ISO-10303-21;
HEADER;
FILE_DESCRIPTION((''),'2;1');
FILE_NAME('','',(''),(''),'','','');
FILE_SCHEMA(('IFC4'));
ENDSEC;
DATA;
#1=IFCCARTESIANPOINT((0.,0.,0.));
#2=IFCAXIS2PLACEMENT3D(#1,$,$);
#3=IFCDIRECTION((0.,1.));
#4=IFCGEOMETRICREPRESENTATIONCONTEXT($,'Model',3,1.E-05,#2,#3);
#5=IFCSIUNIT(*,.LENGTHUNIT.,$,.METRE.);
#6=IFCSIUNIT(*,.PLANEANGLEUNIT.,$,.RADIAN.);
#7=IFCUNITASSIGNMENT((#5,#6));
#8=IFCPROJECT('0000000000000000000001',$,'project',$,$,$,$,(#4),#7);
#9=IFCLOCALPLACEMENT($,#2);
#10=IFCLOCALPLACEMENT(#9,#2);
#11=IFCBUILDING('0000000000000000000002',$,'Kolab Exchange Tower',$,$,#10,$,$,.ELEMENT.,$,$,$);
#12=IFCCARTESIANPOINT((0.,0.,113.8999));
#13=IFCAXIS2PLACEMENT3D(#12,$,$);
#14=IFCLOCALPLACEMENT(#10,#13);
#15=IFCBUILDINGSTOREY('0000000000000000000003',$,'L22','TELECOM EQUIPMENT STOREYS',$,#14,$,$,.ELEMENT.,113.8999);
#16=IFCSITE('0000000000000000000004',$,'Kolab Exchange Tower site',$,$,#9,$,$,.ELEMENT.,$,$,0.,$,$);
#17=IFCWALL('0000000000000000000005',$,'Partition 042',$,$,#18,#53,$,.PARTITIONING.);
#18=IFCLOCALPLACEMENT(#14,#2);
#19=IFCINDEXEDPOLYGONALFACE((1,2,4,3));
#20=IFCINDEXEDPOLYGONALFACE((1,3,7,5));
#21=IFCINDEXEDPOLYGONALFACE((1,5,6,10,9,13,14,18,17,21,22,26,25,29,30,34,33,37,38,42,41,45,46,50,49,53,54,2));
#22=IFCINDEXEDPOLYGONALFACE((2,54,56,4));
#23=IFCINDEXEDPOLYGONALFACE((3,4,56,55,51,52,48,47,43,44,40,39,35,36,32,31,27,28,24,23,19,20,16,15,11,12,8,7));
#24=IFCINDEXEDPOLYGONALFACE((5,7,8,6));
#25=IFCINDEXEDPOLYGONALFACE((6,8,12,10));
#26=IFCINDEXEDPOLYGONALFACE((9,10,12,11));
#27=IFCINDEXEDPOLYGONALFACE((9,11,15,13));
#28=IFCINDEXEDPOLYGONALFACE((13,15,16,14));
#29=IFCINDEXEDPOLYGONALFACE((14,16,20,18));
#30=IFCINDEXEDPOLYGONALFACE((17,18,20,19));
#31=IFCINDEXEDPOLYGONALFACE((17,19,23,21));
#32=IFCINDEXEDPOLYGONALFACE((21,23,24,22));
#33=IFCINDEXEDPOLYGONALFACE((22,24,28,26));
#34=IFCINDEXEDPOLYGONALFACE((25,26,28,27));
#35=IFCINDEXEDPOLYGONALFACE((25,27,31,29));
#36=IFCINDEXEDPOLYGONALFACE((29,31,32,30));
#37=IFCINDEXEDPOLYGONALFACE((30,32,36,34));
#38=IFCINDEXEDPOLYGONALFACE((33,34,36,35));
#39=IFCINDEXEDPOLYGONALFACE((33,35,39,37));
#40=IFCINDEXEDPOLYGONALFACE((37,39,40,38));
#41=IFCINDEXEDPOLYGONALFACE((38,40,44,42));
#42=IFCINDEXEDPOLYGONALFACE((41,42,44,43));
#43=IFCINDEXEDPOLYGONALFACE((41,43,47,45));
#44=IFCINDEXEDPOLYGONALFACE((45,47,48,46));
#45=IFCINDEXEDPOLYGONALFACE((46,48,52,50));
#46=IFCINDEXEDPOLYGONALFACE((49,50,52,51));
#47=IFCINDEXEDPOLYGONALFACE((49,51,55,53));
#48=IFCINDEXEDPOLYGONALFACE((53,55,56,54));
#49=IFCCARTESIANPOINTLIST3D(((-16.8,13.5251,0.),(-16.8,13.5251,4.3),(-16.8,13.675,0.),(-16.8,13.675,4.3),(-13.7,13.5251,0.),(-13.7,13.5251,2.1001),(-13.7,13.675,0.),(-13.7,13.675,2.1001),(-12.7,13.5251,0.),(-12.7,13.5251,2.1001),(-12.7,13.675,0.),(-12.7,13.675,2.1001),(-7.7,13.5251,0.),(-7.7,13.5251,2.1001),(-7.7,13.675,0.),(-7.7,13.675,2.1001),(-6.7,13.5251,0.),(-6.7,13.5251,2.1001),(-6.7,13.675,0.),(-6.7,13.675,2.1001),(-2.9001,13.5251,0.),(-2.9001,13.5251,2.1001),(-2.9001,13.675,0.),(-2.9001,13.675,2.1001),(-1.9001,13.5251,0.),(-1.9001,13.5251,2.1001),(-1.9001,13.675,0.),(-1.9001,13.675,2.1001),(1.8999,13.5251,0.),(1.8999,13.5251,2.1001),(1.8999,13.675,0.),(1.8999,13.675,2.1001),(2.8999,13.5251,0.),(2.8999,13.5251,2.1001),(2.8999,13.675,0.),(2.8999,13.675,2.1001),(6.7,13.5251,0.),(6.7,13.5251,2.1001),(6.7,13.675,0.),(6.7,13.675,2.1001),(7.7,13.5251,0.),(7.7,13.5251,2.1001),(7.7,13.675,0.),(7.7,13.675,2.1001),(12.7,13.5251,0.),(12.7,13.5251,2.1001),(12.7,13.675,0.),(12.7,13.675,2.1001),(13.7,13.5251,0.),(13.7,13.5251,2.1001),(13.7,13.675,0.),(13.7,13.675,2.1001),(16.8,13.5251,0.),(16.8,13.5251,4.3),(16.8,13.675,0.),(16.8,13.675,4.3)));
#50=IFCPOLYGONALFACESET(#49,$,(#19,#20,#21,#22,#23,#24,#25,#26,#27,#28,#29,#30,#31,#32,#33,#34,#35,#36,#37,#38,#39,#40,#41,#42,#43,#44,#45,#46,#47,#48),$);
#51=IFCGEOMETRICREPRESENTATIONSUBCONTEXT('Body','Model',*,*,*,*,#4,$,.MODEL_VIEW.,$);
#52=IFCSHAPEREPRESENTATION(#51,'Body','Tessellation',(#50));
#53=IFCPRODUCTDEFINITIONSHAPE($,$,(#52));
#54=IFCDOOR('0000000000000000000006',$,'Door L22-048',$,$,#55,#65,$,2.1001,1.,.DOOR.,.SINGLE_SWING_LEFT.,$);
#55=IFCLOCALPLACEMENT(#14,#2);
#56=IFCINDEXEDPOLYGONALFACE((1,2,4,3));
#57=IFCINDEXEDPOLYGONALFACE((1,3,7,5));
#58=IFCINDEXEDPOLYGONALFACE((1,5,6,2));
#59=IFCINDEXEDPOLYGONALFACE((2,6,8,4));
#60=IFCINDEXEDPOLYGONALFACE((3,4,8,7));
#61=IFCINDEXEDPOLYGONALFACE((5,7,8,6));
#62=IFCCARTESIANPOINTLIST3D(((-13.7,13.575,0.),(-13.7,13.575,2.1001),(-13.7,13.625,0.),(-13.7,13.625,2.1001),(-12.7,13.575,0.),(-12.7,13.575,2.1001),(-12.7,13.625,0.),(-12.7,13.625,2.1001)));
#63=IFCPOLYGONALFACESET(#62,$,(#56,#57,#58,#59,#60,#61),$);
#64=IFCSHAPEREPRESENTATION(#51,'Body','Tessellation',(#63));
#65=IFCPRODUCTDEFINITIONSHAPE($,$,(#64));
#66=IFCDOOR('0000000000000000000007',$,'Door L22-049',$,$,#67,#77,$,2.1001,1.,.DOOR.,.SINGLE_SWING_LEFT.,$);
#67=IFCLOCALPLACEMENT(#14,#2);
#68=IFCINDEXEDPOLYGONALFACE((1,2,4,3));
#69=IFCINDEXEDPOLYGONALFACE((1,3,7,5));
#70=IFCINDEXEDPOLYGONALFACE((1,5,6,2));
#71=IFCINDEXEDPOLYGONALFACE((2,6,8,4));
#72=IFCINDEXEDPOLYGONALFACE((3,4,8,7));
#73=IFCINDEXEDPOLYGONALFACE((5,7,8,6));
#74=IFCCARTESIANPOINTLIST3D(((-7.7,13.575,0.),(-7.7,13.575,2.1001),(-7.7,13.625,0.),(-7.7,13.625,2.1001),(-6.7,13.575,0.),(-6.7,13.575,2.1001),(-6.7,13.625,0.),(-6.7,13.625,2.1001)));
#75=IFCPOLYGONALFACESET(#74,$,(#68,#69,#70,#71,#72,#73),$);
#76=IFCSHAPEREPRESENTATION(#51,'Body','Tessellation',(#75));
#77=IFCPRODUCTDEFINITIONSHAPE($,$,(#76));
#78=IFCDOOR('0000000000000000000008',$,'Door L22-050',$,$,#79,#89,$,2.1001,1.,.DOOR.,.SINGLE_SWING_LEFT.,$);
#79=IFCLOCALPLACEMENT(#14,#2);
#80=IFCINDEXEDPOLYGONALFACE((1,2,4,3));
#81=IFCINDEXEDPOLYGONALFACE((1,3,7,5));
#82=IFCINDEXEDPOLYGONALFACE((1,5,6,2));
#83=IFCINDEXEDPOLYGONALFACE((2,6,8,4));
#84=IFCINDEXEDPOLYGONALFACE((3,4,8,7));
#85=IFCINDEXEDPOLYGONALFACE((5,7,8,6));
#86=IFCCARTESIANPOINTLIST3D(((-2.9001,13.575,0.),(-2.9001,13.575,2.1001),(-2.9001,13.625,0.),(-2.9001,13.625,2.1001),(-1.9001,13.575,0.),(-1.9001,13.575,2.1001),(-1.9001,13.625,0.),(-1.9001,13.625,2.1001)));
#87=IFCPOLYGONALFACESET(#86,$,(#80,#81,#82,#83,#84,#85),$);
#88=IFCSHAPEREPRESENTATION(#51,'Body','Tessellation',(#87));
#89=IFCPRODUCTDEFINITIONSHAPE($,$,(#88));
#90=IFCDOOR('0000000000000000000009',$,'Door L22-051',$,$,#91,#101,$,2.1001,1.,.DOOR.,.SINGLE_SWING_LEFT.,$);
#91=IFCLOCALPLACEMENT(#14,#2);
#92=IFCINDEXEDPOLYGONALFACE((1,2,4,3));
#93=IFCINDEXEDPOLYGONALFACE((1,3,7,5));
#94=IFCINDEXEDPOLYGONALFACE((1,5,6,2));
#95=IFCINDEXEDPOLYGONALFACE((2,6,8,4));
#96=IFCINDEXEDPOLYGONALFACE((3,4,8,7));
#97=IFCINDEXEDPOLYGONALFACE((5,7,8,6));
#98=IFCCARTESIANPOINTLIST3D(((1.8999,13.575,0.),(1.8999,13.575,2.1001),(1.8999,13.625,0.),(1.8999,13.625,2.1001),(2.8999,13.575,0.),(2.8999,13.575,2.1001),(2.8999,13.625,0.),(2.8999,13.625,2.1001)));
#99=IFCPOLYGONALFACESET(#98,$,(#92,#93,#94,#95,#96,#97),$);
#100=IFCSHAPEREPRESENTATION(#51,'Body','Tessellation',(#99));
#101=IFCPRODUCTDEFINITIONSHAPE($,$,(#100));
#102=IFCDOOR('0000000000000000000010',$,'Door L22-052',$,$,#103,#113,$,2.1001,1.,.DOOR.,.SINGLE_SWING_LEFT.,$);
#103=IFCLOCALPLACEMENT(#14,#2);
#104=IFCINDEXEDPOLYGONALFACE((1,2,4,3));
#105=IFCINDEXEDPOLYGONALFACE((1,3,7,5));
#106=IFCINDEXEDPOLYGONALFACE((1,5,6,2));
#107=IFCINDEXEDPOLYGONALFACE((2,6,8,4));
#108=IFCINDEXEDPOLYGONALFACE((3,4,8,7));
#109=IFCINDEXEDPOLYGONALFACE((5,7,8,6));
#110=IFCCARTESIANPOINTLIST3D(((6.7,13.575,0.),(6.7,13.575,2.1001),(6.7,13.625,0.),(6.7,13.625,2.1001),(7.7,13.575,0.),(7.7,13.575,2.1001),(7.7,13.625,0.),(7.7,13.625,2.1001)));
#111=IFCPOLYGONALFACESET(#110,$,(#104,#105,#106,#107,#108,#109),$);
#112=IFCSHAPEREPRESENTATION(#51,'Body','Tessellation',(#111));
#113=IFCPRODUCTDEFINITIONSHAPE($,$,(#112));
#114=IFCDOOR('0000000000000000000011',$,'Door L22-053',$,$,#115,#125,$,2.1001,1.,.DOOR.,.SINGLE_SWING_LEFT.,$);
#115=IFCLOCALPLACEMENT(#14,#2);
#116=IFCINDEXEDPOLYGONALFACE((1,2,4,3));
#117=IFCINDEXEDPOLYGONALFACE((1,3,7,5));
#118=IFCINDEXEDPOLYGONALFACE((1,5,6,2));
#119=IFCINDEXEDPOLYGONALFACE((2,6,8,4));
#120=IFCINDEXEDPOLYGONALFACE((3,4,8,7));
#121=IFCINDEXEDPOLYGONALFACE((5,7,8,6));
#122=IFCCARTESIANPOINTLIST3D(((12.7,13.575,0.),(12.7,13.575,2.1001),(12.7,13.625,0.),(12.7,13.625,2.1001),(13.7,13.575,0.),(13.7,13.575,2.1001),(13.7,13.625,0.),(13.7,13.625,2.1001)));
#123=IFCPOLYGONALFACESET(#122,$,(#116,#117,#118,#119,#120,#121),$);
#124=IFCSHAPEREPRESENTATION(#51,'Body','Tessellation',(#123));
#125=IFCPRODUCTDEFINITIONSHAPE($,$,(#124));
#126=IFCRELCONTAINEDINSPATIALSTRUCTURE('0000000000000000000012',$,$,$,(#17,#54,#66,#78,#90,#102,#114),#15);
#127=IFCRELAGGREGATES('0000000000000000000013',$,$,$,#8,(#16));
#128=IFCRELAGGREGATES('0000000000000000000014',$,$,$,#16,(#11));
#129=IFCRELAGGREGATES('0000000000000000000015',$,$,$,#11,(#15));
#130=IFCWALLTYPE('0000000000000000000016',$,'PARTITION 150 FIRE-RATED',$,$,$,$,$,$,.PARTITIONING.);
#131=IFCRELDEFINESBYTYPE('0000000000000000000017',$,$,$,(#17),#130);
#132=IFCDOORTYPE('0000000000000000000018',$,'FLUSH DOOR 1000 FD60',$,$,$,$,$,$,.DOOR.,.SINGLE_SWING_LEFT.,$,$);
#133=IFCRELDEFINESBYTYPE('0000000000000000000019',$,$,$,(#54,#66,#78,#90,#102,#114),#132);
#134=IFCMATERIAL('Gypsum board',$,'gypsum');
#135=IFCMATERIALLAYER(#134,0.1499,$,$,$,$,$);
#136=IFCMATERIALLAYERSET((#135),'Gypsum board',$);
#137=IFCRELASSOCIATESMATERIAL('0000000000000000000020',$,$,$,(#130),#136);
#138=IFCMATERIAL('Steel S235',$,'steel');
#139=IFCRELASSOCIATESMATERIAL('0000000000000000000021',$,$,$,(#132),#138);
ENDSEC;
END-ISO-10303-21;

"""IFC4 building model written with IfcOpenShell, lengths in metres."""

from ifc_helpers import new_model, si_unit, direction, frame, frame_2d, origin, place, context, subcontext, project, spatial, rectangle, extrude, material, layer, layer_set, type_object, element, fill, save


model = new_model("IFC4")

# Units and contexts
model_context = context("Model", 3, precision=1e-05, world=origin(), true_north=direction((0.0, 1.0)))
body_context = subcontext(model_context, "Body", "Model", "MODEL_VIEW")
ifc_project = project(units=[si_unit("LENGTHUNIT", "METRE"), si_unit("PLANEANGLEUNIT", "RADIAN")], contexts=[model_context])

# Site, building, storey
site_placement = place(None, origin())
site = spatial("IfcSite", under=ifc_project, at=site_placement, Name="Kolab Exchange Tower site", CompositionType="ELEMENT", RefElevation=0.0)
building_placement = place(site_placement, origin())
building = spatial("IfcBuilding", under=site, at=building_placement, Name="Kolab Exchange Tower", CompositionType="ELEMENT")
storey_placement = place(building_placement, frame((0.0, 0.0, 113.8999)))
storey = spatial("IfcBuildingStorey", under=building, at=storey_placement, Name="L22", Description="TELECOM EQUIPMENT STOREYS", CompositionType="ELEMENT", Elevation=113.8999)

# Wall, openings, doors
ifc_material_1 = material(Name="Gypsum board", Category="gypsum")
ifc_layer_1 = layer(ifc_material_1, 0.1499)
ifc_layer_set_1 = layer_set([ifc_layer_1], Name="Gypsum board")
wall_type_1 = type_object("IfcWallType", Name="PARTITION 150 FIRE-RATED", PredefinedType="PARTITIONING", material=ifc_layer_set_1)
wall_1_placement = place(storey_placement, frame((-16.8, 13.6001, 0.0), z_axis=(0.0, 0.0, 1.0), x_axis=(1.0, 0.0, 0.0)))
wall_1 = element("IfcWall", 1, at=wall_1_placement, inside=storey, type_object=wall_type_1, Name="Partition 042", PredefinedType="PARTITIONING", context=body_context, shape_type="SweptSolid", body=[
    extrude(rectangle(XDim=33.6001, YDim=0.1499, at=frame_2d((16.8, 0.0))), origin(), (0.0, 0.0, 1.0), 4.3),
])
opening_1_placement = place(wall_1_placement, frame((3.1001, 0.0, 0.0)))
opening_1 = element("IfcOpeningElement", 2, at=opening_1_placement, cuts=wall_1, PredefinedType="OPENING", context=body_context, shape_type="SweptSolid", body=[
    extrude(rectangle(XDim=1.0, YDim=2.1001, at=frame_2d((0.5, 1.05))), frame((0.0, 0.085, 0.0), z_axis=(0.0, -1.0, 0.0), x_axis=(1.0, 0.0, 0.0)), (0.0, 0.0, 1.0), 0.1699),
])
opening_2_placement = place(wall_1_placement, frame((9.1001, 0.0, 0.0)))
opening_2 = element("IfcOpeningElement", 3, at=opening_2_placement, cuts=wall_1, PredefinedType="OPENING", context=body_context, shape_type="SweptSolid", body=[
    extrude(rectangle(XDim=1.0, YDim=2.1001, at=frame_2d((0.5, 1.05))), frame((0.0, 0.085, 0.0), z_axis=(0.0, -1.0, 0.0), x_axis=(1.0, 0.0, 0.0)), (0.0, 0.0, 1.0), 0.1699),
])
opening_3_placement = place(wall_1_placement, frame((13.8999, 0.0, 0.0)))
opening_3 = element("IfcOpeningElement", 4, at=opening_3_placement, cuts=wall_1, PredefinedType="OPENING", context=body_context, shape_type="SweptSolid", body=[
    extrude(rectangle(XDim=1.0, YDim=2.1001, at=frame_2d((0.5, 1.05))), frame((0.0, 0.085, 0.0), z_axis=(0.0, -1.0, 0.0), x_axis=(1.0, 0.0, 0.0)), (0.0, 0.0, 1.0), 0.1699),
])
opening_4_placement = place(wall_1_placement, frame((18.7, 0.0, 0.0)))
opening_4 = element("IfcOpeningElement", 5, at=opening_4_placement, cuts=wall_1, PredefinedType="OPENING", context=body_context, shape_type="SweptSolid", body=[
    extrude(rectangle(XDim=1.0, YDim=2.1001, at=frame_2d((0.5, 1.05))), frame((0.0, 0.085, 0.0), z_axis=(0.0, -1.0, 0.0), x_axis=(1.0, 0.0, 0.0)), (0.0, 0.0, 1.0), 0.1699),
])
opening_5_placement = place(wall_1_placement, frame((23.5, 0.0, 0.0)))
opening_5 = element("IfcOpeningElement", 6, at=opening_5_placement, cuts=wall_1, PredefinedType="OPENING", context=body_context, shape_type="SweptSolid", body=[
    extrude(rectangle(XDim=1.0, YDim=2.1001, at=frame_2d((0.5, 1.05))), frame((0.0, 0.085, 0.0), z_axis=(0.0, -1.0, 0.0), x_axis=(1.0, 0.0, 0.0)), (0.0, 0.0, 1.0), 0.1699),
])
opening_6_placement = place(wall_1_placement, frame((29.5, 0.0, 0.0)))
opening_6 = element("IfcOpeningElement", 7, at=opening_6_placement, cuts=wall_1, PredefinedType="OPENING", context=body_context, shape_type="SweptSolid", body=[
    extrude(rectangle(XDim=1.0, YDim=2.1001, at=frame_2d((0.5, 1.05))), frame((0.0, 0.085, 0.0), z_axis=(0.0, -1.0, 0.0), x_axis=(1.0, 0.0, 0.0)), (0.0, 0.0, 1.0), 0.1699),
])
ifc_material_2 = material(Name="Steel S235", Category="steel")
door_type_1 = type_object("IfcDoorType", Name="FLUSH DOOR 1000 FD60", OperationType="SINGLE_SWING_LEFT", PredefinedType="DOOR", material=ifc_material_2)
door_1_placement = place(opening_1_placement, origin())
door_1 = element("IfcDoor", 8, at=door_1_placement, inside=storey, type_object=door_type_1, Name="Door L22-048", OperationType="SINGLE_SWING_LEFT", OverallHeight=2.1001, OverallWidth=1.0, PredefinedType="DOOR", context=body_context, shape_type="SweptSolid", body=[
    extrude(rectangle(XDim=1.0, YDim=2.1001, at=frame_2d((0.5, 1.05))), frame((0.0, 0.0249, 0.0), z_axis=(0.0, -1.0, 0.0), x_axis=(1.0, 0.0, 0.0)), (0.0, 0.0, 1.0), 0.05),
])
fill(opening_1, door_1)
door_2_placement = place(opening_2_placement, origin())
door_2 = element("IfcDoor", 9, at=door_2_placement, inside=storey, type_object=door_type_1, Name="Door L22-049", OperationType="SINGLE_SWING_LEFT", OverallHeight=2.1001, OverallWidth=1.0, PredefinedType="DOOR", context=body_context, shape_type="SweptSolid", body=[
    extrude(rectangle(XDim=1.0, YDim=2.1001, at=frame_2d((0.5, 1.05))), frame((0.0, 0.0249, 0.0), z_axis=(0.0, -1.0, 0.0), x_axis=(1.0, 0.0, 0.0)), (0.0, 0.0, 1.0), 0.05),
])
fill(opening_2, door_2)
door_3_placement = place(opening_3_placement, origin())
door_3 = element("IfcDoor", 10, at=door_3_placement, inside=storey, type_object=door_type_1, Name="Door L22-050", OperationType="SINGLE_SWING_LEFT", OverallHeight=2.1001, OverallWidth=1.0, PredefinedType="DOOR", context=body_context, shape_type="SweptSolid", body=[
    extrude(rectangle(XDim=1.0, YDim=2.1001, at=frame_2d((0.5, 1.05))), frame((0.0, 0.0249, 0.0), z_axis=(0.0, -1.0, 0.0), x_axis=(1.0, 0.0, 0.0)), (0.0, 0.0, 1.0), 0.05),
])
fill(opening_3, door_3)
door_4_placement = place(opening_4_placement, origin())
door_4 = element("IfcDoor", 11, at=door_4_placement, inside=storey, type_object=door_type_1, Name="Door L22-051", OperationType="SINGLE_SWING_LEFT", OverallHeight=2.1001, OverallWidth=1.0, PredefinedType="DOOR", context=body_context, shape_type="SweptSolid", body=[
    extrude(rectangle(XDim=1.0, YDim=2.1001, at=frame_2d((0.5, 1.05))), frame((0.0, 0.0249, 0.0), z_axis=(0.0, -1.0, 0.0), x_axis=(1.0, 0.0, 0.0)), (0.0, 0.0, 1.0), 0.05),
])
fill(opening_4, door_4)
door_5_placement = place(opening_5_placement, origin())
door_5 = element("IfcDoor", 12, at=door_5_placement, inside=storey, type_object=door_type_1, Name="Door L22-052", OperationType="SINGLE_SWING_LEFT", OverallHeight=2.1001, OverallWidth=1.0, PredefinedType="DOOR", context=body_context, shape_type="SweptSolid", body=[
    extrude(rectangle(XDim=1.0, YDim=2.1001, at=frame_2d((0.5, 1.05))), frame((0.0, 0.0249, 0.0), z_axis=(0.0, -1.0, 0.0), x_axis=(1.0, 0.0, 0.0)), (0.0, 0.0, 1.0), 0.05),
])
fill(opening_5, door_5)
door_6_placement = place(opening_6_placement, origin())
door_6 = element("IfcDoor", 13, at=door_6_placement, inside=storey, type_object=door_type_1, Name="Door L22-053", OperationType="SINGLE_SWING_LEFT", OverallHeight=2.1001, OverallWidth=1.0, PredefinedType="DOOR", context=body_context, shape_type="SweptSolid", body=[
    extrude(rectangle(XDim=1.0, YDim=2.1001, at=frame_2d((0.5, 1.05))), frame((0.0, 0.0249, 0.0), z_axis=(0.0, -1.0, 0.0), x_axis=(1.0, 0.0, 0.0)), (0.0, 0.0, 1.0), 0.05),
])
fill(opening_6, door_6)

save(model, "model.ifc")
